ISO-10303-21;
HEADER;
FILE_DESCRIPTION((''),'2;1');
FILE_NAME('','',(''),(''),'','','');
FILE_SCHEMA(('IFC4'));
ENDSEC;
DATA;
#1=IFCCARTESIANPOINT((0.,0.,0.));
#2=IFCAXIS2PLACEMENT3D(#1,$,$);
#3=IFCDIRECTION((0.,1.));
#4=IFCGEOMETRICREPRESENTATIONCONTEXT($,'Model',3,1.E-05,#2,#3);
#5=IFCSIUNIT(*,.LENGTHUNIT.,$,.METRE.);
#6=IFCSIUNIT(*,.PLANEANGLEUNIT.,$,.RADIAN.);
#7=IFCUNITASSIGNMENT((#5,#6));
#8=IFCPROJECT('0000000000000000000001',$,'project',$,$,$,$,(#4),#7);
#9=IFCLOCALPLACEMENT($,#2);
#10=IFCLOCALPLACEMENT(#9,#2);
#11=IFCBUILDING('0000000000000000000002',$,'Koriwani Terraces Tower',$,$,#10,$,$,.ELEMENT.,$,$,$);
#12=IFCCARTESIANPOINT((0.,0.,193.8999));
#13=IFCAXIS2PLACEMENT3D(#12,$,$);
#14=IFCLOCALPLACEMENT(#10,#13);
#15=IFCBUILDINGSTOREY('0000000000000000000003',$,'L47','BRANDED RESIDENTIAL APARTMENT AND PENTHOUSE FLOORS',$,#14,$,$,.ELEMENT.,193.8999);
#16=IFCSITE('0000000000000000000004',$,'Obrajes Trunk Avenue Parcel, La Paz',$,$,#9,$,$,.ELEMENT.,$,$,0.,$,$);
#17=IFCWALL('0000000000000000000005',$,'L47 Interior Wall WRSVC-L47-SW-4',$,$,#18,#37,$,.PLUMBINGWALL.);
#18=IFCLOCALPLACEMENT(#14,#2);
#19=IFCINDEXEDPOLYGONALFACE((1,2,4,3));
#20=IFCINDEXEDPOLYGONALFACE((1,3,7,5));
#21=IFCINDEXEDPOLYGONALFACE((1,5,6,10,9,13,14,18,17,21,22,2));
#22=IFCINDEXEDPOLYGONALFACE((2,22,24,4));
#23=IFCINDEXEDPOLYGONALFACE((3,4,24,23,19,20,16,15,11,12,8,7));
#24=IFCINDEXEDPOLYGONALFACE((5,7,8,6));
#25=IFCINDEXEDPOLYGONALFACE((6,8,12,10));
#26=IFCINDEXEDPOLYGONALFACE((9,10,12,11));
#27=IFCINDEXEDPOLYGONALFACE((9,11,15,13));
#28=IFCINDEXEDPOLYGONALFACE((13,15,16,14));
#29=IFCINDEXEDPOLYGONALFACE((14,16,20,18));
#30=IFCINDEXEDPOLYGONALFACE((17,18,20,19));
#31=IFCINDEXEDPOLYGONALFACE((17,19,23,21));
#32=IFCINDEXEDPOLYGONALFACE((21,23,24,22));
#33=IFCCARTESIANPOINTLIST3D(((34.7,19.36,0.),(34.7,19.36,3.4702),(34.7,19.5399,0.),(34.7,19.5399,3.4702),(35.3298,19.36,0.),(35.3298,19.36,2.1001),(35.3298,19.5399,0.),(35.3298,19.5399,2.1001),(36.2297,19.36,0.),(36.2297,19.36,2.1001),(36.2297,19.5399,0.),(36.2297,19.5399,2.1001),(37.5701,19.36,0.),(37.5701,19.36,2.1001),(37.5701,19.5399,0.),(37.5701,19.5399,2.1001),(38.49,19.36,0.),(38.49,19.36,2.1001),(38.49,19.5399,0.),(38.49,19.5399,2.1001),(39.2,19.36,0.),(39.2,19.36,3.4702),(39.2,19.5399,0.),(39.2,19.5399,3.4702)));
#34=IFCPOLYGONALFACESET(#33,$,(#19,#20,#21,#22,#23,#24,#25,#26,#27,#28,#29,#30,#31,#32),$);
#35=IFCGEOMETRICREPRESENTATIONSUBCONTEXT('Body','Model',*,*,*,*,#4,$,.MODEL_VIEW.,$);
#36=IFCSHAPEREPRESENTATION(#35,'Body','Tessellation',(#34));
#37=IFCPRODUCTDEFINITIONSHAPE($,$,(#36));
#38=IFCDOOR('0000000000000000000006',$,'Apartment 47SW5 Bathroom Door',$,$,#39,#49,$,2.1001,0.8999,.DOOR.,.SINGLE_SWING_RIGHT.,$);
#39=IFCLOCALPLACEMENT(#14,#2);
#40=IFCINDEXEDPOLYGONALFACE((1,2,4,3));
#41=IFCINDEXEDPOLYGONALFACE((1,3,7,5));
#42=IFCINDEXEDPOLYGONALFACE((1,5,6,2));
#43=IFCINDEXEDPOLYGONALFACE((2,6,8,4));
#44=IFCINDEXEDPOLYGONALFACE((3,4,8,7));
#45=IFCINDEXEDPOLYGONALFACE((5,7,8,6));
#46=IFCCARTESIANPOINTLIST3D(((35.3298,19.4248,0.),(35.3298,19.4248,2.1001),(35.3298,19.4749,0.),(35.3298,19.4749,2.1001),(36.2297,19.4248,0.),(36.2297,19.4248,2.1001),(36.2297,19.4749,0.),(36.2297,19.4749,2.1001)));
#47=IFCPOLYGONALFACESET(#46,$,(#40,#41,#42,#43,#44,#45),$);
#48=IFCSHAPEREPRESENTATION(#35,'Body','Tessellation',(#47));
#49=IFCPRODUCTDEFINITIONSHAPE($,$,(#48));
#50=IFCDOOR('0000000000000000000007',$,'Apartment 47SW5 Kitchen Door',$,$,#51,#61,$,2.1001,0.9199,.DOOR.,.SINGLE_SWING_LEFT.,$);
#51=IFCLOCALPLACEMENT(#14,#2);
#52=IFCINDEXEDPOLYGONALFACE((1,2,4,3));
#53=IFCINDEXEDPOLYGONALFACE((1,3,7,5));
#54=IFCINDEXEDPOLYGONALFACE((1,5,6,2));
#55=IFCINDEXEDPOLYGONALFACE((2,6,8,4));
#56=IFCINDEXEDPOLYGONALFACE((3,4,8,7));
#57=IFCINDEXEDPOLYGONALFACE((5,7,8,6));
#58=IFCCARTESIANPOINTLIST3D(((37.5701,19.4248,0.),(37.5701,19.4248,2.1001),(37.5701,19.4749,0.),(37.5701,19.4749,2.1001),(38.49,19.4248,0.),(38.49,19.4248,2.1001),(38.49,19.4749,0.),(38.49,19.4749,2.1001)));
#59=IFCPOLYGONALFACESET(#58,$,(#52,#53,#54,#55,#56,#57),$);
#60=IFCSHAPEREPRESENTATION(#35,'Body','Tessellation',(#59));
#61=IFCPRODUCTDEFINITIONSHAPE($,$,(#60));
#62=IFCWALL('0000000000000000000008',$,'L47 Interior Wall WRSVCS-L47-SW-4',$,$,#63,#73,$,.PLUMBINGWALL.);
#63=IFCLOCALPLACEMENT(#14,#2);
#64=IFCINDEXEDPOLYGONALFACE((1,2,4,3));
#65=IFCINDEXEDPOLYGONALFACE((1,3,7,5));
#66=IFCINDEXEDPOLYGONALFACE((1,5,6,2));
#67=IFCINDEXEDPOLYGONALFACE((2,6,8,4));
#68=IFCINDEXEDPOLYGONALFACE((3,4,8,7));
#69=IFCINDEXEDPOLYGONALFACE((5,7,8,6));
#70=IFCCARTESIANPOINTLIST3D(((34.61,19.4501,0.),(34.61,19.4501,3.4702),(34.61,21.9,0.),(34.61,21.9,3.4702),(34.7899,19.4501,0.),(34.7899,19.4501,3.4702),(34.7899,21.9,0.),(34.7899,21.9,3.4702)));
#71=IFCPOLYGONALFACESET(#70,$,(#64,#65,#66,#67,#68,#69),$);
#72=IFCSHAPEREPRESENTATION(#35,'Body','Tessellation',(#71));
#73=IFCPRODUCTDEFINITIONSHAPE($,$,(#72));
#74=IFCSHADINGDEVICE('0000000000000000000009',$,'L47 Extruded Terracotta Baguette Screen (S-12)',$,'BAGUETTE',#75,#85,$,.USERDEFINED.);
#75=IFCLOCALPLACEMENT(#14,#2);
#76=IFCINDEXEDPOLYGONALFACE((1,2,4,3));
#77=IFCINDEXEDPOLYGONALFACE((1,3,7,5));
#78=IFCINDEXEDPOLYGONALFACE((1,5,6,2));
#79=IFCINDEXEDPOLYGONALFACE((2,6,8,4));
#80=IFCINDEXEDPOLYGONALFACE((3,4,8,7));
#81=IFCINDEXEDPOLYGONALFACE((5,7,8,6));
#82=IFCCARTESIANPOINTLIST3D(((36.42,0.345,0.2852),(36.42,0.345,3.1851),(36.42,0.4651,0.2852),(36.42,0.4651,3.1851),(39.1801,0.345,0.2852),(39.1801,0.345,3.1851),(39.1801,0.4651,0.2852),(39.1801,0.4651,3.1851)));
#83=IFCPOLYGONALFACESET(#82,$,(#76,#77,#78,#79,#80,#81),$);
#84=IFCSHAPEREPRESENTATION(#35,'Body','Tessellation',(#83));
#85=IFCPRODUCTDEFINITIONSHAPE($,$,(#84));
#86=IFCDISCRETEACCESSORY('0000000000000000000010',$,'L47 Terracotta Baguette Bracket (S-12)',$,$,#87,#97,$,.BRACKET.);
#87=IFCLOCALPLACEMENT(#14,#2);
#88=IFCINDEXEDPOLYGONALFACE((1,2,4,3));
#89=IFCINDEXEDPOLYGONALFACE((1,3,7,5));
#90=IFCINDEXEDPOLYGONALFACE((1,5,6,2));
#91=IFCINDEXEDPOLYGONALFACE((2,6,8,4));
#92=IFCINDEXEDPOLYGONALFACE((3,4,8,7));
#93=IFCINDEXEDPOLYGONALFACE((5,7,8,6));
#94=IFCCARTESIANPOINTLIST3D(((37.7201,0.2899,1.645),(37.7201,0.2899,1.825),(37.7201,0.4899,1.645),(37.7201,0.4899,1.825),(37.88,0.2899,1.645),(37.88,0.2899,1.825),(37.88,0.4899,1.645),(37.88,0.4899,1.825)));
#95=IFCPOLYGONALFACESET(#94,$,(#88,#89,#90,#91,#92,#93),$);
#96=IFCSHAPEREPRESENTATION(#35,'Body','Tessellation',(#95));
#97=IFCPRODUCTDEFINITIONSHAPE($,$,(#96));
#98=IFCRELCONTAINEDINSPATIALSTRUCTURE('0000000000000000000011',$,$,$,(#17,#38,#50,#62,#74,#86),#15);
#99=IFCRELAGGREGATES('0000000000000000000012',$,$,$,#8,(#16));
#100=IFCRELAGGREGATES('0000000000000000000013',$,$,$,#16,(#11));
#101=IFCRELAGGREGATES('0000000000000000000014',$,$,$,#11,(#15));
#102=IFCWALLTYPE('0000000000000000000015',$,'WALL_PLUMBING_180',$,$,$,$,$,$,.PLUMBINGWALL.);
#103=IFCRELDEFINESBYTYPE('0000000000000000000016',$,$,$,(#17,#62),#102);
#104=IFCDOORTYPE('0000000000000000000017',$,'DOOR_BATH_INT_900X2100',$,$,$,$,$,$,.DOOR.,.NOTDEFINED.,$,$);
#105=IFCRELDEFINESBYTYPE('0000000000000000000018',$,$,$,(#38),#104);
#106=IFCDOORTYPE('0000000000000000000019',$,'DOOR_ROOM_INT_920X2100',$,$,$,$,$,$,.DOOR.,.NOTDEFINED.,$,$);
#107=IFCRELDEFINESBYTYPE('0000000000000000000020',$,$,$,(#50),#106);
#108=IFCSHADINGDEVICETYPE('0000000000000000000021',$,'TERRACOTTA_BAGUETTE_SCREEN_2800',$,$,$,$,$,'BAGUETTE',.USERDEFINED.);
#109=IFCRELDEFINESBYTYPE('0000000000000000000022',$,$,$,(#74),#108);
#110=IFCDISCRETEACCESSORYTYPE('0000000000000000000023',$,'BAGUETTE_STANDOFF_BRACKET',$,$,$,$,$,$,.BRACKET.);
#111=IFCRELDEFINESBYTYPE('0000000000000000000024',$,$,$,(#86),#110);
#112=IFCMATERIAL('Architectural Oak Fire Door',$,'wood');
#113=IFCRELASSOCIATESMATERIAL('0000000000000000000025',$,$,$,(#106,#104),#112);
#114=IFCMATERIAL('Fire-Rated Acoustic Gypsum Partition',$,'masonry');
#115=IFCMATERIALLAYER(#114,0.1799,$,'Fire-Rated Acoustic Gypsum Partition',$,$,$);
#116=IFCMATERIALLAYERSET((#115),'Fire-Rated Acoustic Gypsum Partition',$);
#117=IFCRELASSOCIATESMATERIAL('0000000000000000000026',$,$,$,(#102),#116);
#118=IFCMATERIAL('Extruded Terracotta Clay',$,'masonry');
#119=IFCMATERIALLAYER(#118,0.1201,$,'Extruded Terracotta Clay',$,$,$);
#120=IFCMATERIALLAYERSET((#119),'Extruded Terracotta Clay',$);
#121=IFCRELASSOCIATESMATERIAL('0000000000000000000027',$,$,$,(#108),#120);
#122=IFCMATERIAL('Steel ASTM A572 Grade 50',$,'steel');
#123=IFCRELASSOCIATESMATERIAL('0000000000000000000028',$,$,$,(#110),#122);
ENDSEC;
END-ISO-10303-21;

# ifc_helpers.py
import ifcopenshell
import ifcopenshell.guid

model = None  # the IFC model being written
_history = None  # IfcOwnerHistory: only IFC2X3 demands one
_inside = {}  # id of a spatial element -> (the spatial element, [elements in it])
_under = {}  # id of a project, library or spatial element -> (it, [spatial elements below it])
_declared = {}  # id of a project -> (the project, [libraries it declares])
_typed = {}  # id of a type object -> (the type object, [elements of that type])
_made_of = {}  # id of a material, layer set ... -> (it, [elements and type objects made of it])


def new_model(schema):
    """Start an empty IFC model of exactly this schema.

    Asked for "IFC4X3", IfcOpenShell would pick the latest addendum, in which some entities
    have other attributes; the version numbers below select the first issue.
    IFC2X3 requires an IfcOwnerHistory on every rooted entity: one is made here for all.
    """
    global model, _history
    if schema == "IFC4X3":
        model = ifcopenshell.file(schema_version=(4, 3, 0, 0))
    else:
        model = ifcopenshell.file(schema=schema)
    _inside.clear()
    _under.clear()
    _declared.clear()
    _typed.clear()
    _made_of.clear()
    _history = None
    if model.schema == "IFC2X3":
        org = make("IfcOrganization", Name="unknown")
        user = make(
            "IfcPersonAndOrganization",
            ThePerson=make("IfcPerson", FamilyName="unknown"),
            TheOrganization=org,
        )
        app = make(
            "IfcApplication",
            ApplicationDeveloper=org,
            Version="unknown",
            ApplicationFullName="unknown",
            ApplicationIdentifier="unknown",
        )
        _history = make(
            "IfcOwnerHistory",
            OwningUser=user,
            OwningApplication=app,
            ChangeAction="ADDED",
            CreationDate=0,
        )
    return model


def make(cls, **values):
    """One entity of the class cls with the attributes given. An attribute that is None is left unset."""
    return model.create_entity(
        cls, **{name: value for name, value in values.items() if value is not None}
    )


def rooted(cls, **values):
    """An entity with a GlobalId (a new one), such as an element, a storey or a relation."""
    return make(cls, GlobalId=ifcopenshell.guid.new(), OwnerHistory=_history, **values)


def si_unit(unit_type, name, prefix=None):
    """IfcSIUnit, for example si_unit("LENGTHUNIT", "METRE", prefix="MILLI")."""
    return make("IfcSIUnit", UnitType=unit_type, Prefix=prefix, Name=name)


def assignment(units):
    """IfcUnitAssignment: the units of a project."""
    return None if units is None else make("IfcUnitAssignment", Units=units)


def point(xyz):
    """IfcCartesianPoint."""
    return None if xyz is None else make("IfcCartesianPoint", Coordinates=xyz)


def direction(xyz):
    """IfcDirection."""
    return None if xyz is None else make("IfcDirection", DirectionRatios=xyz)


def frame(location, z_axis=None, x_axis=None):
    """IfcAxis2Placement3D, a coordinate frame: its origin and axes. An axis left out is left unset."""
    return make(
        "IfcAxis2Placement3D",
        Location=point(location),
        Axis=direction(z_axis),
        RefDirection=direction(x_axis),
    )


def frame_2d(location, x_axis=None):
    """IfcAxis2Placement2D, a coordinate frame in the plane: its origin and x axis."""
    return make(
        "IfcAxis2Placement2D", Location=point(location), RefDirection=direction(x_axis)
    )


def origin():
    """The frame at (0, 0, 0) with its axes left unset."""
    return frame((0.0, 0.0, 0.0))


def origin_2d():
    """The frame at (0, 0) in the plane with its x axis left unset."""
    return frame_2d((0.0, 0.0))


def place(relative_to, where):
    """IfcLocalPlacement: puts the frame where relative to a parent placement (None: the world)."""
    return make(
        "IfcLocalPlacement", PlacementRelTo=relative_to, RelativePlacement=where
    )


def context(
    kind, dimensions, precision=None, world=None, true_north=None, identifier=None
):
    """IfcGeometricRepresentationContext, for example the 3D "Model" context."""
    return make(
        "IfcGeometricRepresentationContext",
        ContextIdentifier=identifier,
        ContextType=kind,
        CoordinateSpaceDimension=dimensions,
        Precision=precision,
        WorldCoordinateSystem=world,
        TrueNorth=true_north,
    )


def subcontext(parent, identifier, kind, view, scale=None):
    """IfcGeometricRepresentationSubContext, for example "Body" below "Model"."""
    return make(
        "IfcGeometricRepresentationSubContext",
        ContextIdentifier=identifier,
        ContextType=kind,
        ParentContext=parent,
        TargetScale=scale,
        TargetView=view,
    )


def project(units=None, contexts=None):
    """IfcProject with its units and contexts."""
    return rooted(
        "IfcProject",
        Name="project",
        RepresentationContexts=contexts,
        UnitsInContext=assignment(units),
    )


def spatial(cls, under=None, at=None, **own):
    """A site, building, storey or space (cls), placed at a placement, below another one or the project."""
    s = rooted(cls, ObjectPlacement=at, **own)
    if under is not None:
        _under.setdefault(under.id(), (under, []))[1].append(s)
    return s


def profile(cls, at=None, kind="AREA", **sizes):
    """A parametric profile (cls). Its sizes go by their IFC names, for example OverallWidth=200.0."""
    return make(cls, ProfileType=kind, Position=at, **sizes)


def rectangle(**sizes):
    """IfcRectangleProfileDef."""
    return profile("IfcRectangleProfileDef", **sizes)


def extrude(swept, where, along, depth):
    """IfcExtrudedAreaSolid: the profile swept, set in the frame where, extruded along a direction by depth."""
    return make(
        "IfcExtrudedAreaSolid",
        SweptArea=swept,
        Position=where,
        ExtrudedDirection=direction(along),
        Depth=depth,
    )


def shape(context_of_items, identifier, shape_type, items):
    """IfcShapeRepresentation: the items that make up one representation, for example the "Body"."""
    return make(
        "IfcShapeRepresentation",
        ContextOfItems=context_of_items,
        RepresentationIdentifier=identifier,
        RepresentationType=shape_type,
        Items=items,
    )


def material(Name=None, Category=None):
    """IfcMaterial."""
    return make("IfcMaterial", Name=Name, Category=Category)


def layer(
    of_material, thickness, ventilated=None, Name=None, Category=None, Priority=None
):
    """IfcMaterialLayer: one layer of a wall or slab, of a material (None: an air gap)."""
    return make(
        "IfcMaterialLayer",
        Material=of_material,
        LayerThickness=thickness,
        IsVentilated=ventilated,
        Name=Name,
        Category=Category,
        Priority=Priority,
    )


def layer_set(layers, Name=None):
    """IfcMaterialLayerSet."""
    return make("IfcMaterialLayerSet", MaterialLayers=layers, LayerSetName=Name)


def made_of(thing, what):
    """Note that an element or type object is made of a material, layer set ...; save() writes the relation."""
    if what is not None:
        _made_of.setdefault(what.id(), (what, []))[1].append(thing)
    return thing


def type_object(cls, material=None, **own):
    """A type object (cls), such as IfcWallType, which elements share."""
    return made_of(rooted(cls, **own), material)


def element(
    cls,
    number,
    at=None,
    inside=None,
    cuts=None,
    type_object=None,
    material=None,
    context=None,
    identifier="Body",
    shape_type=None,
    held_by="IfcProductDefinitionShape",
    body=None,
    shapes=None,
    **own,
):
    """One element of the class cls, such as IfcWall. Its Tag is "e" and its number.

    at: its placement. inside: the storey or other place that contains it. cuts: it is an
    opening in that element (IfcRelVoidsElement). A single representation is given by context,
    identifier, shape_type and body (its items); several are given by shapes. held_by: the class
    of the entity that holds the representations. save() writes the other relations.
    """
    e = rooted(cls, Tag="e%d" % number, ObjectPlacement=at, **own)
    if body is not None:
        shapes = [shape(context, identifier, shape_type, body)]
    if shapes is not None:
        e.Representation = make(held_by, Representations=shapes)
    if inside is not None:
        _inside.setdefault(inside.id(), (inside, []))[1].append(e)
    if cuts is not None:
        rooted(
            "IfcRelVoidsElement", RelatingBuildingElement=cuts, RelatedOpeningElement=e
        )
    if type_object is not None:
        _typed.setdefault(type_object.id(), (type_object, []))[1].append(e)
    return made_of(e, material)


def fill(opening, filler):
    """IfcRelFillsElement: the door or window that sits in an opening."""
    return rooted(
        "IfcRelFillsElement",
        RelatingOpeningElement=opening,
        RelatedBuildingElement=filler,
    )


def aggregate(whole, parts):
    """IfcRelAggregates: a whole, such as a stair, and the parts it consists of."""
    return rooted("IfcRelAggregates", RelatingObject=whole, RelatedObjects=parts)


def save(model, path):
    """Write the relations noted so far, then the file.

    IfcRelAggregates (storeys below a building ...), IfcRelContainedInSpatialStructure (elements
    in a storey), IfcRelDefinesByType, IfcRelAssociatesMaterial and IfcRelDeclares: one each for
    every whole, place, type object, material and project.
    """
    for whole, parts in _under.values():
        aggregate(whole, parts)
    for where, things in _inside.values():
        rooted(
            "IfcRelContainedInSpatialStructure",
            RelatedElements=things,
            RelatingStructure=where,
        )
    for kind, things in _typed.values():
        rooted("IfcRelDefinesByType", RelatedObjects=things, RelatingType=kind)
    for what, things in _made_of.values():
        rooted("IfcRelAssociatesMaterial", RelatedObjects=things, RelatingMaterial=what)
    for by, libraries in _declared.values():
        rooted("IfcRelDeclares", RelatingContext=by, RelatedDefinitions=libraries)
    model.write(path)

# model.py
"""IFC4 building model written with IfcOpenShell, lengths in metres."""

from ifc_helpers import new_model, si_unit, direction, frame, frame_2d, origin, origin_2d, place, context, subcontext, project, spatial, rectangle, extrude, material, layer, layer_set, type_object, element, fill, save


model = new_model("IFC4")

# Units and contexts
model_context = context("Model", 3, precision=1e-05, world=origin(), true_north=direction((0.0, 1.0)))
body_context = subcontext(model_context, "Body", "Model", "MODEL_VIEW")
ifc_project = project(units=[si_unit("LENGTHUNIT", "METRE"), si_unit("PLANEANGLEUNIT", "RADIAN")], contexts=[model_context])

# Site, building, storey
site_placement = place(None, origin())
site = spatial("IfcSite", under=ifc_project, at=site_placement, Name="Obrajes Trunk Avenue Parcel, La Paz", CompositionType="ELEMENT", RefElevation=0.0)
building_placement = place(site_placement, origin())
building = spatial("IfcBuilding", under=site, at=building_placement, Name="Koriwani Terraces Tower", CompositionType="ELEMENT")
storey_placement = place(building_placement, frame((0.0, 0.0, 193.8999)))
storey = spatial("IfcBuildingStorey", under=building, at=storey_placement, Name="L47", Description="BRANDED RESIDENTIAL APARTMENT AND PENTHOUSE FLOORS", CompositionType="ELEMENT", Elevation=193.8999)

# Shared definitions
ifc_material_1 = material(Name="Steel ASTM A572 Grade 50", Category="steel")

# Shared definitions
ifc_material_2 = material(Name="Architectural Oak Fire Door", Category="wood")
door_type_1 = type_object("IfcDoorType", Name="DOOR_ROOM_INT_920X2100", OperationType="NOTDEFINED", PredefinedType="DOOR", material=ifc_material_2)

# Shared definitions
ifc_material_3 = material(Name="Fire-Rated Acoustic Gypsum Partition", Category="masonry")
ifc_layer_1 = layer(ifc_material_3, 0.1799, Name="Fire-Rated Acoustic Gypsum Partition")
ifc_layer_set_1 = layer_set([ifc_layer_1], Name="Fire-Rated Acoustic Gypsum Partition")
wall_type_1 = type_object("IfcWallType", Name="WALL_PLUMBING_180", PredefinedType="PLUMBINGWALL", material=ifc_layer_set_1)
door_type_2 = type_object("IfcDoorType", Name="DOOR_BATH_INT_900X2100", OperationType="NOTDEFINED", PredefinedType="DOOR", material=ifc_material_2)

# Wall, openings, doors
wall_1_placement = place(storey_placement, frame((34.7, 19.45, 0.0), z_axis=(0.0, 0.0, 1.0), x_axis=(1.0, 0.0, 0.0)))
wall_1 = element("IfcWall", 1, at=wall_1_placement, inside=storey, type_object=wall_type_1, Name="L47 Interior Wall WRSVC-L47-SW-4", PredefinedType="PLUMBINGWALL", context=body_context, shape_type="SweptSolid", body=[
    extrude(rectangle(XDim=4.5, YDim=0.1799, at=frame_2d((2.25, 0.0))), origin(), (0.0, 0.0, 1.0), 3.4702),
])
opening_1_placement = place(wall_1_placement, frame((0.6299, 0.0, 0.0)))
opening_1 = element("IfcOpeningElement", 2, at=opening_1_placement, cuts=wall_1, PredefinedType="OPENING", context=body_context, shape_type="SweptSolid", body=[
    extrude(rectangle(XDim=0.8999, YDim=2.1001, at=frame_2d((0.45, 1.05))), frame((0.0, 0.1001, 0.0), z_axis=(0.0, -1.0, 0.0), x_axis=(1.0, 0.0, 0.0)), (0.0, 0.0, 1.0), 0.2),
])
opening_2_placement = place(wall_1_placement, frame((2.8701, 0.0, 0.0)))
opening_2 = element("IfcOpeningElement", 3, at=opening_2_placement, cuts=wall_1, PredefinedType="OPENING", context=body_context, shape_type="SweptSolid", body=[
    extrude(rectangle(XDim=0.9199, YDim=2.1001, at=frame_2d((0.46, 1.05))), frame((0.0, 0.1001, 0.0), z_axis=(0.0, -1.0, 0.0), x_axis=(1.0, 0.0, 0.0)), (0.0, 0.0, 1.0), 0.2),
])
door_1_placement = place(opening_1_placement, origin())
door_1 = element("IfcDoor", 4, at=door_1_placement, inside=storey, type_object=door_type_2, Name="Apartment 47SW5 Bathroom Door", OperationType="SINGLE_SWING_RIGHT", OverallHeight=2.1001, OverallWidth=0.8999, PredefinedType="DOOR", context=body_context, shape_type="SweptSolid", body=[
    extrude(rectangle(XDim=0.8999, YDim=2.1001, at=frame_2d((0.45, 1.05))), frame((0.0, 0.0249, 0.0), z_axis=(0.0, -1.0, 0.0), x_axis=(1.0, 0.0, 0.0)), (0.0, 0.0, 1.0), 0.05),
])
fill(opening_1, door_1)
door_2_placement = place(opening_2_placement, origin())
door_2 = element("IfcDoor", 5, at=door_2_placement, inside=storey, type_object=door_type_1, Name="Apartment 47SW5 Kitchen Door", OperationType="SINGLE_SWING_LEFT", OverallHeight=2.1001, OverallWidth=0.9199, PredefinedType="DOOR", context=body_context, shape_type="SweptSolid", body=[
    extrude(rectangle(XDim=0.9199, YDim=2.1001, at=frame_2d((0.46, 1.05))), frame((0.0, 0.0249, 0.0), z_axis=(0.0, -1.0, 0.0), x_axis=(1.0, 0.0, 0.0)), (0.0, 0.0, 1.0), 0.05),
])
fill(opening_2, door_2)

# Wall
wall_2_placement = place(storey_placement, frame((34.7, 19.45, 0.0), z_axis=(0.0, 0.0, 1.0), x_axis=(0.0, 1.0, 0.0)))
element("IfcWall", 6, at=wall_2_placement, inside=storey, type_object=wall_type_1, Name="L47 Interior Wall WRSVCS-L47-SW-4", PredefinedType="PLUMBINGWALL", context=body_context, shape_type="SweptSolid", body=[
    extrude(rectangle(XDim=2.45, YDim=0.1799, at=frame_2d((1.2251, 0.0))), origin(), (0.0, 0.0, 1.0), 3.4702),
])

# Shading device
ifc_material_4 = material(Name="Extruded Terracotta Clay", Category="masonry")
ifc_layer_2 = layer(ifc_material_4, 0.1201, Name="Extruded Terracotta Clay")
ifc_layer_set_2 = layer_set([ifc_layer_2], Name="Extruded Terracotta Clay")
shading_device_type = type_object("IfcShadingDeviceType", Name="TERRACOTTA_BAGUETTE_SCREEN_2800", ElementType="BAGUETTE", PredefinedType="USERDEFINED", material=ifc_layer_set_2)
shading_device_placement = place(storey_placement, frame((37.8, 0.405, 0.2852), z_axis=(0.0, 0.0, 1.0), x_axis=(-1.0, 0.0, 0.0)))
element("IfcShadingDevice", 7, at=shading_device_placement, inside=storey, type_object=shading_device_type, Name="L47 Extruded Terracotta Baguette Screen (S-12)", ObjectType="BAGUETTE", PredefinedType="USERDEFINED", context=body_context, shape_type="SweptSolid", body=[
    extrude(rectangle(XDim=2.76, YDim=0.1201, at=origin_2d()), origin(), (0.0, 0.0, 1.0), 2.8999),
])

# Discrete accessory
discrete_accessory_type = type_object("IfcDiscreteAccessoryType", Name="BAGUETTE_STANDOFF_BRACKET", PredefinedType="BRACKET", material=ifc_material_1)
discrete_accessory_placement = place(storey_placement, frame((37.8, 0.3899, 1.645), z_axis=(0.0, 0.0, 1.0), x_axis=(-1.0, 0.0, 0.0)))
element("IfcDiscreteAccessory", 8, at=discrete_accessory_placement, inside=storey, type_object=discrete_accessory_type, Name="L47 Terracotta Baguette Bracket (S-12)", PredefinedType="BRACKET", context=body_context, shape_type="SweptSolid", body=[
    extrude(rectangle(XDim=0.1599, YDim=0.2, at=origin_2d()), origin(), (0.0, 0.0, 1.0), 0.1799),
])

save(model, "model.ifc")
